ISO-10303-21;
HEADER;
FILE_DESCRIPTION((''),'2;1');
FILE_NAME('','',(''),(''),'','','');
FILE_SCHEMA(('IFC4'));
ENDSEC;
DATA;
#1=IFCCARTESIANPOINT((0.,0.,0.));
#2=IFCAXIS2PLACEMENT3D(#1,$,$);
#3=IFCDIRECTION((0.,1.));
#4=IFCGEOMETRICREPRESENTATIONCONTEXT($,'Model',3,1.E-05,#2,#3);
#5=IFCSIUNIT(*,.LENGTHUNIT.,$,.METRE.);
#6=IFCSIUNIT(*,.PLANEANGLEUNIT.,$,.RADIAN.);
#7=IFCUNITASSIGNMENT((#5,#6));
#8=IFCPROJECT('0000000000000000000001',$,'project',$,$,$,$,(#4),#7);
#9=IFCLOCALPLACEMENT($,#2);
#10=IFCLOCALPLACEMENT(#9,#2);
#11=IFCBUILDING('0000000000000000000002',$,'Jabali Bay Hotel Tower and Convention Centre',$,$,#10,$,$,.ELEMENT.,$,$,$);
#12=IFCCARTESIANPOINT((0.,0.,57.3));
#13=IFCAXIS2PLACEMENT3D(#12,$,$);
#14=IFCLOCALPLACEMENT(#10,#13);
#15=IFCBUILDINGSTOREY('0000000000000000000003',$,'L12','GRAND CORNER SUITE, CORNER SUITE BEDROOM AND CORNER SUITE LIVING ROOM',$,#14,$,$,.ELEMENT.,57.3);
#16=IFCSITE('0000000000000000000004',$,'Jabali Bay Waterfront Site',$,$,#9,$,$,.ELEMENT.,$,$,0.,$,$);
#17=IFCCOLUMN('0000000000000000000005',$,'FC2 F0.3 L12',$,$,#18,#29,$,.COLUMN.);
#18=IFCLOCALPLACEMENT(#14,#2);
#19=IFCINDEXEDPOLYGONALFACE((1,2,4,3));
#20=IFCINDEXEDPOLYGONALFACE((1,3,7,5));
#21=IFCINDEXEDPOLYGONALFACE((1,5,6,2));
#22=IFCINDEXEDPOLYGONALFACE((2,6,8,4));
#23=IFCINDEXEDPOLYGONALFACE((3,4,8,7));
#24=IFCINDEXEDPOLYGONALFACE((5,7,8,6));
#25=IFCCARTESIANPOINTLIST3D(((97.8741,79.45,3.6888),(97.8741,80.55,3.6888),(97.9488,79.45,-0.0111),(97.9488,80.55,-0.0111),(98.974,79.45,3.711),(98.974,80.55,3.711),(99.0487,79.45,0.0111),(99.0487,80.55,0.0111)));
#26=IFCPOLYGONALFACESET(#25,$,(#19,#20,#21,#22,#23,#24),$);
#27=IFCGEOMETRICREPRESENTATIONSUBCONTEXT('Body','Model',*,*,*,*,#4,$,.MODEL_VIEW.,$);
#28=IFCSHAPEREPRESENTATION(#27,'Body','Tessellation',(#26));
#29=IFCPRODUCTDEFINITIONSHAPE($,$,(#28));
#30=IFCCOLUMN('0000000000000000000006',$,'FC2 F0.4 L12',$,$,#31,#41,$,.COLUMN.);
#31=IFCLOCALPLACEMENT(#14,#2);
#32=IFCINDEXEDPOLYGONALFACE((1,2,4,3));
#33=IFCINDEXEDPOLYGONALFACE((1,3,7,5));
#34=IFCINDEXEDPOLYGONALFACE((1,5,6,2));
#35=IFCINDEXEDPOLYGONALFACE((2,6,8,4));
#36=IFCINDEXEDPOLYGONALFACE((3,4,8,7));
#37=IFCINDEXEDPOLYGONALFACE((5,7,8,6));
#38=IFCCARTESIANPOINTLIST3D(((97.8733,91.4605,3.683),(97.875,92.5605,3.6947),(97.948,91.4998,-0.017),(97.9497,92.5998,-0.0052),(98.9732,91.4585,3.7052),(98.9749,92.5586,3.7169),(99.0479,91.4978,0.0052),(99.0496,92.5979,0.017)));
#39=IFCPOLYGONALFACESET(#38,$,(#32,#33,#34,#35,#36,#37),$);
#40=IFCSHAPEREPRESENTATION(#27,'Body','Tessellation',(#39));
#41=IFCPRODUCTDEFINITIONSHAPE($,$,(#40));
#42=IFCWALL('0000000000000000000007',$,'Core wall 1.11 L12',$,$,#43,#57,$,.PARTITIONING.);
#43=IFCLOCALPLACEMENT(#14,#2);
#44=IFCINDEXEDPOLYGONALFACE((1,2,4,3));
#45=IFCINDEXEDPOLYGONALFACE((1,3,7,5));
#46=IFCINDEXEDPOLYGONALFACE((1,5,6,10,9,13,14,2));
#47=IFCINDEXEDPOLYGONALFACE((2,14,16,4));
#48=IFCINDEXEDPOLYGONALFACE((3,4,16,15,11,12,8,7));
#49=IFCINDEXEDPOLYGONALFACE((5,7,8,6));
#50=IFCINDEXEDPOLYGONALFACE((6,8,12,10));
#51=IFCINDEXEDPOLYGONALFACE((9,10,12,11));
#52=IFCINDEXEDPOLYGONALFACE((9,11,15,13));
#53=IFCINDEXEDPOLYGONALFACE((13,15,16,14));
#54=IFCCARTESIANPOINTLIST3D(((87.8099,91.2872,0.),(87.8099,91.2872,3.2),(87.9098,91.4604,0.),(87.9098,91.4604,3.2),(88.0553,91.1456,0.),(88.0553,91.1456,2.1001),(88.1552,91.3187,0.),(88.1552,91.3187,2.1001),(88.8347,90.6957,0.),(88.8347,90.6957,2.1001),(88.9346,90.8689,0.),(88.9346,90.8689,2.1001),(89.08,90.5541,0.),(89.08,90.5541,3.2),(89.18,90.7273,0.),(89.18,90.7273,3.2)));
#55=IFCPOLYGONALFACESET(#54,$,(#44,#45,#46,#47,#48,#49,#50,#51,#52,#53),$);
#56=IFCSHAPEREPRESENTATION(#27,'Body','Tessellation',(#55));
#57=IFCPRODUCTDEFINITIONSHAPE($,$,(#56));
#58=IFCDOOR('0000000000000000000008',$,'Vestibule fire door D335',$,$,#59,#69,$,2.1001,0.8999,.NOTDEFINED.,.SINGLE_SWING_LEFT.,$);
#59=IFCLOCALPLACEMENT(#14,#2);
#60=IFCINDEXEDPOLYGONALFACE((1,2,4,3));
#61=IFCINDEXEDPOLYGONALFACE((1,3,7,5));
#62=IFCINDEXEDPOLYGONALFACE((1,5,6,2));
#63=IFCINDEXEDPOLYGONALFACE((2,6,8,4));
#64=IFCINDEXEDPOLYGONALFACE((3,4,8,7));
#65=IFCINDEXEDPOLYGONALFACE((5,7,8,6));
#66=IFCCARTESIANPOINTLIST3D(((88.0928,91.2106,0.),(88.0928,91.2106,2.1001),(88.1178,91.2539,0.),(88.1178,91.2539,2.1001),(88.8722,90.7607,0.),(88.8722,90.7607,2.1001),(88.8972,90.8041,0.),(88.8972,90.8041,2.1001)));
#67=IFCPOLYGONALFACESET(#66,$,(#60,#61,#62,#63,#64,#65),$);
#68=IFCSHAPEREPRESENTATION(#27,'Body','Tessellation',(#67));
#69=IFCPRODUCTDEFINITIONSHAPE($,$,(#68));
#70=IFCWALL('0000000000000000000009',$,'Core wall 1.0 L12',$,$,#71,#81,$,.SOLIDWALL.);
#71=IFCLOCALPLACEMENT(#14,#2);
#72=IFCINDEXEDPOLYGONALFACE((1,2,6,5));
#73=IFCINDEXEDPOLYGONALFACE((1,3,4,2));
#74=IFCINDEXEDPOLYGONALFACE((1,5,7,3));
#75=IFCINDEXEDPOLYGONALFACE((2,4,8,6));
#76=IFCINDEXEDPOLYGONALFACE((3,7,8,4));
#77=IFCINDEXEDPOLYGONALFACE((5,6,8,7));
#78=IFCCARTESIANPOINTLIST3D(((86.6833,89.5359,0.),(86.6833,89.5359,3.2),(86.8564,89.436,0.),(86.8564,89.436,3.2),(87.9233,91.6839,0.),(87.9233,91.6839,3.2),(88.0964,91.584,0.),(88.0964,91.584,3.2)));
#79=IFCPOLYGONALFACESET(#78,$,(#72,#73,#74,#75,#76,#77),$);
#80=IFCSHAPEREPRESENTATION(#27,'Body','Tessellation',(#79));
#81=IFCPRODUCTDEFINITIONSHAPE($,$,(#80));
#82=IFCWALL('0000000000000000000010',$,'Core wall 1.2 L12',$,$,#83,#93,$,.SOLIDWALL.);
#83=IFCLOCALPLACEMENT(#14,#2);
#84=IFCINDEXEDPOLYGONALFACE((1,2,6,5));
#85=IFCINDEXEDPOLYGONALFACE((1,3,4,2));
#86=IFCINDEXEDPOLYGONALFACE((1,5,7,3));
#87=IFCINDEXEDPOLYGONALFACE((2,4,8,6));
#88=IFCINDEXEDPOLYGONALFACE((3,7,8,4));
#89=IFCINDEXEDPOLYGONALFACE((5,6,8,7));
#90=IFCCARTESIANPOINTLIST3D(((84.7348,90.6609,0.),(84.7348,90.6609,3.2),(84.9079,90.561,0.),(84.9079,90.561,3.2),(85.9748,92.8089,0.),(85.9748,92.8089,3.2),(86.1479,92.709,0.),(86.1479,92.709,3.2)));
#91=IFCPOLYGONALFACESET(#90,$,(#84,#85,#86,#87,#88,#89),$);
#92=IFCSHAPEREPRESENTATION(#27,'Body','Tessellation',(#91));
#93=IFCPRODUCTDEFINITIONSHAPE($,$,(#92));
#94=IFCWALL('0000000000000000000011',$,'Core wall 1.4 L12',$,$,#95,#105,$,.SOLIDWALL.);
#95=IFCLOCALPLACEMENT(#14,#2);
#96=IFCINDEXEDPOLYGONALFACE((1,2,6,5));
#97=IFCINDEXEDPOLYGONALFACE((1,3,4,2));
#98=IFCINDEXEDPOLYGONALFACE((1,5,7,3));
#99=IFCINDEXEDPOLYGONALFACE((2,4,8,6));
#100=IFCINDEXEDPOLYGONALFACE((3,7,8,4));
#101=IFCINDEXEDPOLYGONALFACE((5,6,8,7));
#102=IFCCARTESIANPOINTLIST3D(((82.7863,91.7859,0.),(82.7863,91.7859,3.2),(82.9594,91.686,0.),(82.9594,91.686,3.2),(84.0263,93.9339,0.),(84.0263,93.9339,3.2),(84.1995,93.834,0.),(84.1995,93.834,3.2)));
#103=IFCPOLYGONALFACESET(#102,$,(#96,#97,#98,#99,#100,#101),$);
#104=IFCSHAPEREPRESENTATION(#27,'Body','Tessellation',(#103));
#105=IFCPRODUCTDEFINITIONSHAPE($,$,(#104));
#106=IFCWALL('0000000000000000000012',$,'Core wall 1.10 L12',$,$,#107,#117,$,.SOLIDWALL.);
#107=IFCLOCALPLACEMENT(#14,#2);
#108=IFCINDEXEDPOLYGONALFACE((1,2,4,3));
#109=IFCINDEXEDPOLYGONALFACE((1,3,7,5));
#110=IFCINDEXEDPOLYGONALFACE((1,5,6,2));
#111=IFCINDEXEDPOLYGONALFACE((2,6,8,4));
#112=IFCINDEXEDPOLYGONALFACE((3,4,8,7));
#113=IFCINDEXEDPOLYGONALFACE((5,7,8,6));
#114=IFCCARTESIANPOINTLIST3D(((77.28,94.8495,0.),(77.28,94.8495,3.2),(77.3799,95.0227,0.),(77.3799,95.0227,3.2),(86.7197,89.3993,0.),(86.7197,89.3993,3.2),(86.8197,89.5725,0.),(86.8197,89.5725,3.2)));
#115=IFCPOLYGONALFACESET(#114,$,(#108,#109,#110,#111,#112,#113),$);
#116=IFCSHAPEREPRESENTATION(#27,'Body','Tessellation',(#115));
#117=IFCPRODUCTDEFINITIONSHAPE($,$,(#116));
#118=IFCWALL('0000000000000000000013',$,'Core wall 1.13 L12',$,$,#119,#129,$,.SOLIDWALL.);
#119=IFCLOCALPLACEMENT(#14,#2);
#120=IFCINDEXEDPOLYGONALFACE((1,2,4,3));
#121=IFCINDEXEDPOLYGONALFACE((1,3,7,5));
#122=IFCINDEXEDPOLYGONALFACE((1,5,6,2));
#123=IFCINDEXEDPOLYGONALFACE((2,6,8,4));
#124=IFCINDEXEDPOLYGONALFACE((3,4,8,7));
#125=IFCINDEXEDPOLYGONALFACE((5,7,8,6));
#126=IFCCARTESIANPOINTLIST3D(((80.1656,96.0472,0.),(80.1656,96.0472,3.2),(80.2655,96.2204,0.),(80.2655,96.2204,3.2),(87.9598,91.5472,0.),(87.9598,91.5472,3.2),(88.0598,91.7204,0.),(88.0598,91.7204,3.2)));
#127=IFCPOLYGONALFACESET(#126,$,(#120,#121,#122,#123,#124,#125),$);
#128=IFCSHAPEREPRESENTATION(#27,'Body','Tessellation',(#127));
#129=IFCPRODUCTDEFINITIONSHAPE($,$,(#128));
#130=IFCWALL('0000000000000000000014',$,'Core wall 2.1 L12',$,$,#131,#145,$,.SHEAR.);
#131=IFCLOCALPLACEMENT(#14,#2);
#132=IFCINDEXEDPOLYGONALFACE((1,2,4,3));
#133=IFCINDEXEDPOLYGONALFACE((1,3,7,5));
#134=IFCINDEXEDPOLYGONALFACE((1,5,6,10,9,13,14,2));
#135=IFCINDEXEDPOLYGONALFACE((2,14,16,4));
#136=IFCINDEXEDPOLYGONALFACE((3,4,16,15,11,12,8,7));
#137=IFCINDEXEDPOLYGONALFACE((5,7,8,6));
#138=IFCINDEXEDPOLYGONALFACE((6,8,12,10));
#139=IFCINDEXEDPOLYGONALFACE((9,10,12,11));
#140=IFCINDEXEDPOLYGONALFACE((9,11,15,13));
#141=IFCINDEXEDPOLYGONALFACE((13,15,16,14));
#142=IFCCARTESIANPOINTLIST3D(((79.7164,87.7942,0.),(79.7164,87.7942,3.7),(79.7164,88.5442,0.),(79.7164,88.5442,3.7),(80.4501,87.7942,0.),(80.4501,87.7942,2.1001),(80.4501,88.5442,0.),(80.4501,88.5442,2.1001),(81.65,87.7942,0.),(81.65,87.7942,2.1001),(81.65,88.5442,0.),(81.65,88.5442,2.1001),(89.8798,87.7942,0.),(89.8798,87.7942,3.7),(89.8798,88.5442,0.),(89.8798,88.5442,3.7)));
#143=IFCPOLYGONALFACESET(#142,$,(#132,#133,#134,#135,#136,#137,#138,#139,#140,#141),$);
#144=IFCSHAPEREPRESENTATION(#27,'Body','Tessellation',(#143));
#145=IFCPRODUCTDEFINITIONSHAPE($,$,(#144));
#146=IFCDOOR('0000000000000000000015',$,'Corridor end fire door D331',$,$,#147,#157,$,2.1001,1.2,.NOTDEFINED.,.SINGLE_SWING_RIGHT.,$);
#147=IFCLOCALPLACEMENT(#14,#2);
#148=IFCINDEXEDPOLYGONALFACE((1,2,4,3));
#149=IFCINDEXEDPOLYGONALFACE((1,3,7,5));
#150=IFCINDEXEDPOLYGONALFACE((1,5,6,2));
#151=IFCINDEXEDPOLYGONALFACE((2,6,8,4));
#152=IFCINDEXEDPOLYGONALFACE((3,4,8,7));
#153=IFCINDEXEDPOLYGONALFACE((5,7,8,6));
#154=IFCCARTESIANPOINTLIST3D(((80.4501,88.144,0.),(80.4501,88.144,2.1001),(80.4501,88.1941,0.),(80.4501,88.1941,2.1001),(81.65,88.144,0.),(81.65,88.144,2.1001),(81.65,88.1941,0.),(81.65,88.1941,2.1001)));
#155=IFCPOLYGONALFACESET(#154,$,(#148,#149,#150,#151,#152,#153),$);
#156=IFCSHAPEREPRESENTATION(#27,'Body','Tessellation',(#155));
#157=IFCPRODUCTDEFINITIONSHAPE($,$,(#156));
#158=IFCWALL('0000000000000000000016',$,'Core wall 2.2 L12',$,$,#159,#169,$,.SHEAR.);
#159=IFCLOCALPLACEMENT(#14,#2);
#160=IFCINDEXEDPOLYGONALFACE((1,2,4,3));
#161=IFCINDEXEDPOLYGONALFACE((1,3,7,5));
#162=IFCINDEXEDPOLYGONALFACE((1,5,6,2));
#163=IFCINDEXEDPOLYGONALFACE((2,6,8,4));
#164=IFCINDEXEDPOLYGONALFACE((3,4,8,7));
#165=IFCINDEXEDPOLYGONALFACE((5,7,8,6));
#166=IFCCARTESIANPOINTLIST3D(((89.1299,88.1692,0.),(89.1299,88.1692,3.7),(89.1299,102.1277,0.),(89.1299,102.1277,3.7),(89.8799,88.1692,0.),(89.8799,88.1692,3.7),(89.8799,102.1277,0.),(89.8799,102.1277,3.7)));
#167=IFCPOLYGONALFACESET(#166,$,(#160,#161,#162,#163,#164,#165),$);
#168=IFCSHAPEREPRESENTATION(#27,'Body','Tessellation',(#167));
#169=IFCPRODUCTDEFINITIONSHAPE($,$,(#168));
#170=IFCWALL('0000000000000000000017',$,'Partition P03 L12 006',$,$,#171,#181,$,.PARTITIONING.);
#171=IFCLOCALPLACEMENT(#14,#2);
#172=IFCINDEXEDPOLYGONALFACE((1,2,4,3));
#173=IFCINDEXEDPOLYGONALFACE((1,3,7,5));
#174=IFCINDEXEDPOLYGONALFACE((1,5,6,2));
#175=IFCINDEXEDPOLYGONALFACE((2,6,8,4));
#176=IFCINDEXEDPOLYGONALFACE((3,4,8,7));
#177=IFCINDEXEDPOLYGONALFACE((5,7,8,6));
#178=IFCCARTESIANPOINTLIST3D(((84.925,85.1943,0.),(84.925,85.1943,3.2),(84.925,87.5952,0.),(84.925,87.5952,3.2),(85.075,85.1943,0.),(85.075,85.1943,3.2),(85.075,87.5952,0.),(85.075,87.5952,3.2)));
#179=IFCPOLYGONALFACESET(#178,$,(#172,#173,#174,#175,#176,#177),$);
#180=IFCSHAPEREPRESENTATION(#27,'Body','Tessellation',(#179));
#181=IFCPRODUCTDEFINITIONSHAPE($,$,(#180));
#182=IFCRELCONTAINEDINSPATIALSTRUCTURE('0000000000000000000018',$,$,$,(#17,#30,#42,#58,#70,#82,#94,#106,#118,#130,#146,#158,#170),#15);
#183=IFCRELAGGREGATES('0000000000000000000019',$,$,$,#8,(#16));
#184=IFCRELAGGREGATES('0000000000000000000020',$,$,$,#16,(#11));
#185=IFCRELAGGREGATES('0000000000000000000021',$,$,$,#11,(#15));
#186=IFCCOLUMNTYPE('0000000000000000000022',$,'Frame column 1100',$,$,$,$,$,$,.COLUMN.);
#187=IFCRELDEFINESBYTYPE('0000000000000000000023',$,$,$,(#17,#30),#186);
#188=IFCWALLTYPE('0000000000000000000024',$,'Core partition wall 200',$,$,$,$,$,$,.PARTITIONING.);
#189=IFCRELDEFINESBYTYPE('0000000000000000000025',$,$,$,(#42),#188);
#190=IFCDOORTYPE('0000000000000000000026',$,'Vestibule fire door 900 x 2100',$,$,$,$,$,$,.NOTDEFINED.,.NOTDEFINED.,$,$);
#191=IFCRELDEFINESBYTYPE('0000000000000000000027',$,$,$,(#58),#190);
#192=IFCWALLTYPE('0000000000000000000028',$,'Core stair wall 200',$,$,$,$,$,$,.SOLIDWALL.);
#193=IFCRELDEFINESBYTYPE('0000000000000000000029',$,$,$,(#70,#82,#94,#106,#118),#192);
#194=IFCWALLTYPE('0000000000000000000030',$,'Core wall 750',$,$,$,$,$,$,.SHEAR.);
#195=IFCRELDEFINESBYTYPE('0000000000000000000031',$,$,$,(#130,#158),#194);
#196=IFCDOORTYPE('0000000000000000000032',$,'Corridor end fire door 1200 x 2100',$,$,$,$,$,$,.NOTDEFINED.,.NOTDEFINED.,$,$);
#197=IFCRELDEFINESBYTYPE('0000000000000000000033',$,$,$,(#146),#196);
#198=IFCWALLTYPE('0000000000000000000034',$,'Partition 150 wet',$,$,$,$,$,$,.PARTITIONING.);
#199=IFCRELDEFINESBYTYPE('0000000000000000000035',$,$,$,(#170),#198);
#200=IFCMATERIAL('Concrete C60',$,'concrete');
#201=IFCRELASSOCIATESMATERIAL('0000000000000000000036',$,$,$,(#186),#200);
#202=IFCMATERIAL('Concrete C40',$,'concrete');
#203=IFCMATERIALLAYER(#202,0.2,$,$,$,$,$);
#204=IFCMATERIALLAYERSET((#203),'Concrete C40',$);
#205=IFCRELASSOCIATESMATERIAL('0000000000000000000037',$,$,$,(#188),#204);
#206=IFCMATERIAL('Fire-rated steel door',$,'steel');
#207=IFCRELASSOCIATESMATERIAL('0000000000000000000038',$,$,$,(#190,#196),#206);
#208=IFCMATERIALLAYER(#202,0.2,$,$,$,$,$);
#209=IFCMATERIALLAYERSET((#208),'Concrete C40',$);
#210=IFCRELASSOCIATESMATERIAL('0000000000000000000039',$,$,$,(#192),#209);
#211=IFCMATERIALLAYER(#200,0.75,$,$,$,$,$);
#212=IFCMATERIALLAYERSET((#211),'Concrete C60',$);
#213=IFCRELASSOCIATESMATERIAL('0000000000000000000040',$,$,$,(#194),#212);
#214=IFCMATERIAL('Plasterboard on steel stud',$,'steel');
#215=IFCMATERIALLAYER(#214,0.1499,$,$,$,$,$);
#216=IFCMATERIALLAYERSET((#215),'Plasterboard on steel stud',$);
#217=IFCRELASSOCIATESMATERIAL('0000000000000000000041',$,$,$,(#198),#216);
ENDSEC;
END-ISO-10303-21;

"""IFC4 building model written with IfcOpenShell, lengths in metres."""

from ifc_helpers import new_model, si_unit, direction, frame, frame_2d, origin, origin_2d, place, context, subcontext, project, spatial, rectangle, extrude, material, layer, layer_set, material_profile, profile_set, type_object, element, fill, save


model = new_model("IFC4")

# Units and contexts
model_context = context("Model", 3, precision=1e-05, world=origin(), true_north=direction((0.0, 1.0)))
body_context = subcontext(model_context, "Body", "Model", "MODEL_VIEW")
ifc_project = project(units=[si_unit("LENGTHUNIT", "METRE"), si_unit("PLANEANGLEUNIT", "RADIAN")], contexts=[model_context])

# Site, building, storey
site_placement = place(None, origin())
site = spatial("IfcSite", under=ifc_project, at=site_placement, Name="Jabali Bay Waterfront Site", CompositionType="ELEMENT", RefElevation=0.0)
building_placement = place(site_placement, origin())
building = spatial("IfcBuilding", under=site, at=building_placement, Name="Jabali Bay Hotel Tower and Convention Centre", CompositionType="ELEMENT")
storey_placement = place(building_placement, frame((0.0, 0.0, 57.3)))
storey = spatial("IfcBuildingStorey", under=building, at=storey_placement, Name="L12", Description="GRAND CORNER SUITE, CORNER SUITE BEDROOM AND CORNER SUITE LIVING ROOM", CompositionType="ELEMENT", Elevation=57.3)

# Columns
ifc_material_1 = material(Name="Concrete C60", Category="concrete")
ifc_material_profile = material_profile(ifc_material_1, rectangle(XDim=1.1001, YDim=1.1001, at=origin_2d()), Name="Frame column 1100")
ifc_profile_set = profile_set([ifc_material_profile], Name="Concrete C60")
column_type = type_object("IfcColumnType", Name="Frame column 1100", PredefinedType="COLUMN", material=ifc_profile_set)
column_1_placement = place(storey_placement, frame((98.4988, 80.0, 0.0), z_axis=(-0.020187, 0.0, 0.999796), x_axis=(0.0, -1.0, 0.0)))
element("IfcColumn", 1, at=column_1_placement, inside=storey, type_object=column_type, Name="FC2 F0.3 L12", PredefinedType="COLUMN", context=body_context, shape_type="SweptSolid", body=[
    extrude(rectangle(XDim=1.1001, YDim=1.1001, at=origin_2d()), origin(), (0.0, 0.0, 1.0), 3.7007),
])
column_2_placement = place(storey_placement, frame((98.4988, 92.0488, 0.0), z_axis=(-0.020186, -0.010621, 0.99974), x_axis=(0.999795, -0.001758, 0.020169)))
element("IfcColumn", 2, at=column_2_placement, inside=storey, type_object=column_type, Name="FC2 F0.4 L12", PredefinedType="COLUMN", context=body_context, shape_type="SweptSolid", body=[
    extrude(rectangle(XDim=1.1001, YDim=1.1001, at=origin_2d()), origin(), (0.0, 0.0, 1.0), 3.7009),
])

# Wall, opening, door
ifc_material_2 = material(Name="Concrete C40", Category="concrete")
ifc_layer_1 = layer(ifc_material_2, 0.2)
ifc_layer_set_1 = layer_set([ifc_layer_1], Name="Concrete C40")
wall_type_1 = type_object("IfcWallType", Name="Core partition wall 200", PredefinedType="PARTITIONING", material=ifc_layer_set_1)
wall_1_placement = place(storey_placement, frame((89.1301, 90.6406, 0.0), z_axis=(0.0, 0.0, 1.0), x_axis=(-0.866094, 0.499881, 0.0)))
wall_1 = element("IfcWall", 3, at=wall_1_placement, inside=storey, type_object=wall_type_1, Name="Core wall 1.11 L12", PredefinedType="PARTITIONING", context=body_context, shape_type="SweptSolid", body=[
    extrude(rectangle(XDim=1.4666, YDim=0.2, at=frame_2d((0.7334, 0.0))), origin(), (0.0, 0.0, 1.0), 3.2),
])
opening_1_placement = place(wall_1_placement, frame((0.2834, 0.0, 0.0)))
opening_1 = element("IfcOpeningElement", 4, at=opening_1_placement, cuts=wall_1, PredefinedType="OPENING", context=body_context, shape_type="SweptSolid", body=[
    extrude(rectangle(XDim=0.8999, YDim=2.1001, at=frame_2d((0.45, 1.05))), frame((0.0, 0.1104, 0.0), z_axis=(0.0, -1.0, 0.0), x_axis=(1.0, 0.0, 0.0)), (0.0, 0.0, 1.0), 0.2209),
])
ifc_material_3 = material(Name="Fire-rated steel door", Category="steel")
door_type_1 = type_object("IfcDoorType", Name="Vestibule fire door 900 x 2100", OperationType="NOTDEFINED", PredefinedType="NOTDEFINED", material=ifc_material_3)
door_1_placement = place(opening_1_placement, origin())
door_1 = element("IfcDoor", 5, at=door_1_placement, inside=storey, type_object=door_type_1, Name="Vestibule fire door D335", OperationType="SINGLE_SWING_LEFT", OverallHeight=2.1001, OverallWidth=0.8999, PredefinedType="NOTDEFINED", context=body_context, shape_type="SweptSolid", body=[
    extrude(rectangle(XDim=0.8999, YDim=2.1001, at=frame_2d((0.45, 1.05))), frame((0.0, 0.0249, 0.0), z_axis=(0.0, -1.0, 0.0), x_axis=(1.0, 0.0, 0.0)), (0.0, 0.0, 1.0), 0.05),
])
fill(opening_1, door_1)

# Walls
ifc_layer_2 = layer(ifc_material_2, 0.2)
ifc_layer_set_2 = layer_set([ifc_layer_2], Name="Concrete C40")
wall_type_2 = type_object("IfcWallType", Name="Core stair wall 200", PredefinedType="SOLIDWALL", material=ifc_layer_set_2)
for number, where, z_axis, x_axis, name in (
    (6, (86.7698, 89.4858, 0.0), (0.0, 0.0, 1.0), (0.499961, 0.866048, 0.0), "Core wall 1.0 L12"),
    (7, (84.8213, 90.6108, 0.0), (0.0, 0.0, 1.0), (0.499961, 0.866048, 0.0), "Core wall 1.2 L12"),
    (8, (82.8728, 91.7358, 0.0), (0.0, 0.0, 1.0), (0.499961, 0.866048, 0.0), "Core wall 1.4 L12"),
):
    element("IfcWall", number, at=place(storey_placement, frame(where, z_axis=z_axis, x_axis=x_axis)), inside=storey, type_object=wall_type_2, Name=name, PredefinedType="SOLIDWALL", context=body_context, shape_type="SweptSolid", body=[
        extrude(rectangle(XDim=2.4802, YDim=0.2, at=frame_2d((1.2402, 0.0))), origin(), (0.0, 0.0, 1.0), 3.2),
    ])
wall_2_placement = place(storey_placement, frame((86.7698, 89.4858, 0.0), z_axis=(0.0, 0.0, 1.0), x_axis=(-0.866018, 0.500013, 0.0)))
element("IfcWall", 9, at=wall_2_placement, inside=storey, type_object=wall_type_2, Name="Core wall 1.10 L12", PredefinedType="SOLIDWALL", context=body_context, shape_type="SweptSolid", body=[
    extrude(rectangle(XDim=10.9001, YDim=0.2, at=frame_2d((5.4502, 0.0))), origin(), (0.0, 0.0, 1.0), 3.2),
])
wall_3_placement = place(storey_placement, frame((88.0098, 91.6338, 0.0), z_axis=(0.0, 0.0, 1.0), x_axis=(-0.866024, 0.500002, 0.0)))
element("IfcWall", 10, at=wall_3_placement, inside=storey, type_object=wall_type_2, Name="Core wall 1.13 L12", PredefinedType="SOLIDWALL", context=body_context, shape_type="SweptSolid", body=[
    extrude(rectangle(XDim=9.0, YDim=0.2, at=frame_2d((4.5, 0.0))), origin(), (0.0, 0.0, 1.0), 3.2),
])

# Wall, opening, door
ifc_layer_3 = layer(ifc_material_1, 0.75)
ifc_layer_set_3 = layer_set([ifc_layer_3], Name="Concrete C60")
wall_type_3 = type_object("IfcWallType", Name="Core wall 750", PredefinedType="SHEAR", material=ifc_layer_set_3)
wall_4_placement = place(storey_placement, frame((79.7166, 88.1692, 0.0), z_axis=(0.0, 0.0, 1.0), x_axis=(1.0, 0.0, 0.0)))
wall_4 = element("IfcWall", 11, at=wall_4_placement, inside=storey, type_object=wall_type_3, Name="Core wall 2.1 L12", PredefinedType="SHEAR", context=body_context, shape_type="SweptSolid", body=[
    extrude(rectangle(XDim=10.1633, YDim=0.75, at=frame_2d((5.0815, 0.0))), origin(), (0.0, 0.0, 1.0), 3.7),
])
opening_2_placement = place(wall_4_placement, frame((0.7334, 0.0, 0.0)))
opening_2 = element("IfcOpeningElement", 12, at=opening_2_placement, cuts=wall_4, PredefinedType="OPENING", context=body_context, shape_type="SweptSolid", body=[
    extrude(rectangle(XDim=1.2, YDim=2.1001, at=frame_2d((0.6001, 1.05))), frame((0.0, 0.3855, 0.0), z_axis=(0.0, -1.0, 0.0), x_axis=(1.0, 0.0, 0.0)), (0.0, 0.0, 1.0), 0.771),
])
door_type_2 = type_object("IfcDoorType", Name="Corridor end fire door 1200 x 2100", OperationType="NOTDEFINED", PredefinedType="NOTDEFINED", material=ifc_material_3)
door_2_placement = place(opening_2_placement, origin())
door_2 = element("IfcDoor", 13, at=door_2_placement, inside=storey, type_object=door_type_2, Name="Corridor end fire door D331", OperationType="SINGLE_SWING_RIGHT", OverallHeight=2.1001, OverallWidth=1.2, PredefinedType="NOTDEFINED", context=body_context, shape_type="SweptSolid", body=[
    extrude(rectangle(XDim=1.2, YDim=2.1001, at=frame_2d((0.6001, 1.05))), frame((0.0, 0.0249, 0.0), z_axis=(0.0, -1.0, 0.0), x_axis=(1.0, 0.0, 0.0)), (0.0, 0.0, 1.0), 0.05),
])
fill(opening_2, door_2)

# Walls
wall_5_placement = place(storey_placement, frame((89.5049, 88.1692, 0.0), z_axis=(0.0, 0.0, 1.0), x_axis=(0.0, 1.0, 0.0)))
element("IfcWall", 14, at=wall_5_placement, inside=storey, type_object=wall_type_3, Name="Core wall 2.2 L12", PredefinedType="SHEAR", context=body_context, shape_type="SweptSolid", body=[
    extrude(rectangle(XDim=13.9585, YDim=0.75, at=frame_2d((6.9792, 0.0))), origin(), (0.0, 0.0, 1.0), 3.7),
])
ifc_material_4 = material(Name="Plasterboard on steel stud", Category="steel")
ifc_layer_4 = layer(ifc_material_4, 0.1499)
ifc_layer_set_4 = layer_set([ifc_layer_4], Name="Plasterboard on steel stud")
wall_type_4 = type_object("IfcWallType", Name="Partition 150 wet", PredefinedType="PARTITIONING", material=ifc_layer_set_4)
wall_6_placement = place(storey_placement, frame((85.0, 87.5952, 0.0), z_axis=(0.0, 0.0, 1.0), x_axis=(0.0, -1.0, 0.0)))
element("IfcWall", 15, at=wall_6_placement, inside=storey, type_object=wall_type_4, Name="Partition P03 L12 006", PredefinedType="PARTITIONING", context=body_context, shape_type="SweptSolid", body=[
    extrude(rectangle(XDim=2.4009, YDim=0.1499, at=frame_2d((1.2004, 0.0))), origin(), (0.0, 0.0, 1.0), 3.2),
])

save(model, "model.ifc")
